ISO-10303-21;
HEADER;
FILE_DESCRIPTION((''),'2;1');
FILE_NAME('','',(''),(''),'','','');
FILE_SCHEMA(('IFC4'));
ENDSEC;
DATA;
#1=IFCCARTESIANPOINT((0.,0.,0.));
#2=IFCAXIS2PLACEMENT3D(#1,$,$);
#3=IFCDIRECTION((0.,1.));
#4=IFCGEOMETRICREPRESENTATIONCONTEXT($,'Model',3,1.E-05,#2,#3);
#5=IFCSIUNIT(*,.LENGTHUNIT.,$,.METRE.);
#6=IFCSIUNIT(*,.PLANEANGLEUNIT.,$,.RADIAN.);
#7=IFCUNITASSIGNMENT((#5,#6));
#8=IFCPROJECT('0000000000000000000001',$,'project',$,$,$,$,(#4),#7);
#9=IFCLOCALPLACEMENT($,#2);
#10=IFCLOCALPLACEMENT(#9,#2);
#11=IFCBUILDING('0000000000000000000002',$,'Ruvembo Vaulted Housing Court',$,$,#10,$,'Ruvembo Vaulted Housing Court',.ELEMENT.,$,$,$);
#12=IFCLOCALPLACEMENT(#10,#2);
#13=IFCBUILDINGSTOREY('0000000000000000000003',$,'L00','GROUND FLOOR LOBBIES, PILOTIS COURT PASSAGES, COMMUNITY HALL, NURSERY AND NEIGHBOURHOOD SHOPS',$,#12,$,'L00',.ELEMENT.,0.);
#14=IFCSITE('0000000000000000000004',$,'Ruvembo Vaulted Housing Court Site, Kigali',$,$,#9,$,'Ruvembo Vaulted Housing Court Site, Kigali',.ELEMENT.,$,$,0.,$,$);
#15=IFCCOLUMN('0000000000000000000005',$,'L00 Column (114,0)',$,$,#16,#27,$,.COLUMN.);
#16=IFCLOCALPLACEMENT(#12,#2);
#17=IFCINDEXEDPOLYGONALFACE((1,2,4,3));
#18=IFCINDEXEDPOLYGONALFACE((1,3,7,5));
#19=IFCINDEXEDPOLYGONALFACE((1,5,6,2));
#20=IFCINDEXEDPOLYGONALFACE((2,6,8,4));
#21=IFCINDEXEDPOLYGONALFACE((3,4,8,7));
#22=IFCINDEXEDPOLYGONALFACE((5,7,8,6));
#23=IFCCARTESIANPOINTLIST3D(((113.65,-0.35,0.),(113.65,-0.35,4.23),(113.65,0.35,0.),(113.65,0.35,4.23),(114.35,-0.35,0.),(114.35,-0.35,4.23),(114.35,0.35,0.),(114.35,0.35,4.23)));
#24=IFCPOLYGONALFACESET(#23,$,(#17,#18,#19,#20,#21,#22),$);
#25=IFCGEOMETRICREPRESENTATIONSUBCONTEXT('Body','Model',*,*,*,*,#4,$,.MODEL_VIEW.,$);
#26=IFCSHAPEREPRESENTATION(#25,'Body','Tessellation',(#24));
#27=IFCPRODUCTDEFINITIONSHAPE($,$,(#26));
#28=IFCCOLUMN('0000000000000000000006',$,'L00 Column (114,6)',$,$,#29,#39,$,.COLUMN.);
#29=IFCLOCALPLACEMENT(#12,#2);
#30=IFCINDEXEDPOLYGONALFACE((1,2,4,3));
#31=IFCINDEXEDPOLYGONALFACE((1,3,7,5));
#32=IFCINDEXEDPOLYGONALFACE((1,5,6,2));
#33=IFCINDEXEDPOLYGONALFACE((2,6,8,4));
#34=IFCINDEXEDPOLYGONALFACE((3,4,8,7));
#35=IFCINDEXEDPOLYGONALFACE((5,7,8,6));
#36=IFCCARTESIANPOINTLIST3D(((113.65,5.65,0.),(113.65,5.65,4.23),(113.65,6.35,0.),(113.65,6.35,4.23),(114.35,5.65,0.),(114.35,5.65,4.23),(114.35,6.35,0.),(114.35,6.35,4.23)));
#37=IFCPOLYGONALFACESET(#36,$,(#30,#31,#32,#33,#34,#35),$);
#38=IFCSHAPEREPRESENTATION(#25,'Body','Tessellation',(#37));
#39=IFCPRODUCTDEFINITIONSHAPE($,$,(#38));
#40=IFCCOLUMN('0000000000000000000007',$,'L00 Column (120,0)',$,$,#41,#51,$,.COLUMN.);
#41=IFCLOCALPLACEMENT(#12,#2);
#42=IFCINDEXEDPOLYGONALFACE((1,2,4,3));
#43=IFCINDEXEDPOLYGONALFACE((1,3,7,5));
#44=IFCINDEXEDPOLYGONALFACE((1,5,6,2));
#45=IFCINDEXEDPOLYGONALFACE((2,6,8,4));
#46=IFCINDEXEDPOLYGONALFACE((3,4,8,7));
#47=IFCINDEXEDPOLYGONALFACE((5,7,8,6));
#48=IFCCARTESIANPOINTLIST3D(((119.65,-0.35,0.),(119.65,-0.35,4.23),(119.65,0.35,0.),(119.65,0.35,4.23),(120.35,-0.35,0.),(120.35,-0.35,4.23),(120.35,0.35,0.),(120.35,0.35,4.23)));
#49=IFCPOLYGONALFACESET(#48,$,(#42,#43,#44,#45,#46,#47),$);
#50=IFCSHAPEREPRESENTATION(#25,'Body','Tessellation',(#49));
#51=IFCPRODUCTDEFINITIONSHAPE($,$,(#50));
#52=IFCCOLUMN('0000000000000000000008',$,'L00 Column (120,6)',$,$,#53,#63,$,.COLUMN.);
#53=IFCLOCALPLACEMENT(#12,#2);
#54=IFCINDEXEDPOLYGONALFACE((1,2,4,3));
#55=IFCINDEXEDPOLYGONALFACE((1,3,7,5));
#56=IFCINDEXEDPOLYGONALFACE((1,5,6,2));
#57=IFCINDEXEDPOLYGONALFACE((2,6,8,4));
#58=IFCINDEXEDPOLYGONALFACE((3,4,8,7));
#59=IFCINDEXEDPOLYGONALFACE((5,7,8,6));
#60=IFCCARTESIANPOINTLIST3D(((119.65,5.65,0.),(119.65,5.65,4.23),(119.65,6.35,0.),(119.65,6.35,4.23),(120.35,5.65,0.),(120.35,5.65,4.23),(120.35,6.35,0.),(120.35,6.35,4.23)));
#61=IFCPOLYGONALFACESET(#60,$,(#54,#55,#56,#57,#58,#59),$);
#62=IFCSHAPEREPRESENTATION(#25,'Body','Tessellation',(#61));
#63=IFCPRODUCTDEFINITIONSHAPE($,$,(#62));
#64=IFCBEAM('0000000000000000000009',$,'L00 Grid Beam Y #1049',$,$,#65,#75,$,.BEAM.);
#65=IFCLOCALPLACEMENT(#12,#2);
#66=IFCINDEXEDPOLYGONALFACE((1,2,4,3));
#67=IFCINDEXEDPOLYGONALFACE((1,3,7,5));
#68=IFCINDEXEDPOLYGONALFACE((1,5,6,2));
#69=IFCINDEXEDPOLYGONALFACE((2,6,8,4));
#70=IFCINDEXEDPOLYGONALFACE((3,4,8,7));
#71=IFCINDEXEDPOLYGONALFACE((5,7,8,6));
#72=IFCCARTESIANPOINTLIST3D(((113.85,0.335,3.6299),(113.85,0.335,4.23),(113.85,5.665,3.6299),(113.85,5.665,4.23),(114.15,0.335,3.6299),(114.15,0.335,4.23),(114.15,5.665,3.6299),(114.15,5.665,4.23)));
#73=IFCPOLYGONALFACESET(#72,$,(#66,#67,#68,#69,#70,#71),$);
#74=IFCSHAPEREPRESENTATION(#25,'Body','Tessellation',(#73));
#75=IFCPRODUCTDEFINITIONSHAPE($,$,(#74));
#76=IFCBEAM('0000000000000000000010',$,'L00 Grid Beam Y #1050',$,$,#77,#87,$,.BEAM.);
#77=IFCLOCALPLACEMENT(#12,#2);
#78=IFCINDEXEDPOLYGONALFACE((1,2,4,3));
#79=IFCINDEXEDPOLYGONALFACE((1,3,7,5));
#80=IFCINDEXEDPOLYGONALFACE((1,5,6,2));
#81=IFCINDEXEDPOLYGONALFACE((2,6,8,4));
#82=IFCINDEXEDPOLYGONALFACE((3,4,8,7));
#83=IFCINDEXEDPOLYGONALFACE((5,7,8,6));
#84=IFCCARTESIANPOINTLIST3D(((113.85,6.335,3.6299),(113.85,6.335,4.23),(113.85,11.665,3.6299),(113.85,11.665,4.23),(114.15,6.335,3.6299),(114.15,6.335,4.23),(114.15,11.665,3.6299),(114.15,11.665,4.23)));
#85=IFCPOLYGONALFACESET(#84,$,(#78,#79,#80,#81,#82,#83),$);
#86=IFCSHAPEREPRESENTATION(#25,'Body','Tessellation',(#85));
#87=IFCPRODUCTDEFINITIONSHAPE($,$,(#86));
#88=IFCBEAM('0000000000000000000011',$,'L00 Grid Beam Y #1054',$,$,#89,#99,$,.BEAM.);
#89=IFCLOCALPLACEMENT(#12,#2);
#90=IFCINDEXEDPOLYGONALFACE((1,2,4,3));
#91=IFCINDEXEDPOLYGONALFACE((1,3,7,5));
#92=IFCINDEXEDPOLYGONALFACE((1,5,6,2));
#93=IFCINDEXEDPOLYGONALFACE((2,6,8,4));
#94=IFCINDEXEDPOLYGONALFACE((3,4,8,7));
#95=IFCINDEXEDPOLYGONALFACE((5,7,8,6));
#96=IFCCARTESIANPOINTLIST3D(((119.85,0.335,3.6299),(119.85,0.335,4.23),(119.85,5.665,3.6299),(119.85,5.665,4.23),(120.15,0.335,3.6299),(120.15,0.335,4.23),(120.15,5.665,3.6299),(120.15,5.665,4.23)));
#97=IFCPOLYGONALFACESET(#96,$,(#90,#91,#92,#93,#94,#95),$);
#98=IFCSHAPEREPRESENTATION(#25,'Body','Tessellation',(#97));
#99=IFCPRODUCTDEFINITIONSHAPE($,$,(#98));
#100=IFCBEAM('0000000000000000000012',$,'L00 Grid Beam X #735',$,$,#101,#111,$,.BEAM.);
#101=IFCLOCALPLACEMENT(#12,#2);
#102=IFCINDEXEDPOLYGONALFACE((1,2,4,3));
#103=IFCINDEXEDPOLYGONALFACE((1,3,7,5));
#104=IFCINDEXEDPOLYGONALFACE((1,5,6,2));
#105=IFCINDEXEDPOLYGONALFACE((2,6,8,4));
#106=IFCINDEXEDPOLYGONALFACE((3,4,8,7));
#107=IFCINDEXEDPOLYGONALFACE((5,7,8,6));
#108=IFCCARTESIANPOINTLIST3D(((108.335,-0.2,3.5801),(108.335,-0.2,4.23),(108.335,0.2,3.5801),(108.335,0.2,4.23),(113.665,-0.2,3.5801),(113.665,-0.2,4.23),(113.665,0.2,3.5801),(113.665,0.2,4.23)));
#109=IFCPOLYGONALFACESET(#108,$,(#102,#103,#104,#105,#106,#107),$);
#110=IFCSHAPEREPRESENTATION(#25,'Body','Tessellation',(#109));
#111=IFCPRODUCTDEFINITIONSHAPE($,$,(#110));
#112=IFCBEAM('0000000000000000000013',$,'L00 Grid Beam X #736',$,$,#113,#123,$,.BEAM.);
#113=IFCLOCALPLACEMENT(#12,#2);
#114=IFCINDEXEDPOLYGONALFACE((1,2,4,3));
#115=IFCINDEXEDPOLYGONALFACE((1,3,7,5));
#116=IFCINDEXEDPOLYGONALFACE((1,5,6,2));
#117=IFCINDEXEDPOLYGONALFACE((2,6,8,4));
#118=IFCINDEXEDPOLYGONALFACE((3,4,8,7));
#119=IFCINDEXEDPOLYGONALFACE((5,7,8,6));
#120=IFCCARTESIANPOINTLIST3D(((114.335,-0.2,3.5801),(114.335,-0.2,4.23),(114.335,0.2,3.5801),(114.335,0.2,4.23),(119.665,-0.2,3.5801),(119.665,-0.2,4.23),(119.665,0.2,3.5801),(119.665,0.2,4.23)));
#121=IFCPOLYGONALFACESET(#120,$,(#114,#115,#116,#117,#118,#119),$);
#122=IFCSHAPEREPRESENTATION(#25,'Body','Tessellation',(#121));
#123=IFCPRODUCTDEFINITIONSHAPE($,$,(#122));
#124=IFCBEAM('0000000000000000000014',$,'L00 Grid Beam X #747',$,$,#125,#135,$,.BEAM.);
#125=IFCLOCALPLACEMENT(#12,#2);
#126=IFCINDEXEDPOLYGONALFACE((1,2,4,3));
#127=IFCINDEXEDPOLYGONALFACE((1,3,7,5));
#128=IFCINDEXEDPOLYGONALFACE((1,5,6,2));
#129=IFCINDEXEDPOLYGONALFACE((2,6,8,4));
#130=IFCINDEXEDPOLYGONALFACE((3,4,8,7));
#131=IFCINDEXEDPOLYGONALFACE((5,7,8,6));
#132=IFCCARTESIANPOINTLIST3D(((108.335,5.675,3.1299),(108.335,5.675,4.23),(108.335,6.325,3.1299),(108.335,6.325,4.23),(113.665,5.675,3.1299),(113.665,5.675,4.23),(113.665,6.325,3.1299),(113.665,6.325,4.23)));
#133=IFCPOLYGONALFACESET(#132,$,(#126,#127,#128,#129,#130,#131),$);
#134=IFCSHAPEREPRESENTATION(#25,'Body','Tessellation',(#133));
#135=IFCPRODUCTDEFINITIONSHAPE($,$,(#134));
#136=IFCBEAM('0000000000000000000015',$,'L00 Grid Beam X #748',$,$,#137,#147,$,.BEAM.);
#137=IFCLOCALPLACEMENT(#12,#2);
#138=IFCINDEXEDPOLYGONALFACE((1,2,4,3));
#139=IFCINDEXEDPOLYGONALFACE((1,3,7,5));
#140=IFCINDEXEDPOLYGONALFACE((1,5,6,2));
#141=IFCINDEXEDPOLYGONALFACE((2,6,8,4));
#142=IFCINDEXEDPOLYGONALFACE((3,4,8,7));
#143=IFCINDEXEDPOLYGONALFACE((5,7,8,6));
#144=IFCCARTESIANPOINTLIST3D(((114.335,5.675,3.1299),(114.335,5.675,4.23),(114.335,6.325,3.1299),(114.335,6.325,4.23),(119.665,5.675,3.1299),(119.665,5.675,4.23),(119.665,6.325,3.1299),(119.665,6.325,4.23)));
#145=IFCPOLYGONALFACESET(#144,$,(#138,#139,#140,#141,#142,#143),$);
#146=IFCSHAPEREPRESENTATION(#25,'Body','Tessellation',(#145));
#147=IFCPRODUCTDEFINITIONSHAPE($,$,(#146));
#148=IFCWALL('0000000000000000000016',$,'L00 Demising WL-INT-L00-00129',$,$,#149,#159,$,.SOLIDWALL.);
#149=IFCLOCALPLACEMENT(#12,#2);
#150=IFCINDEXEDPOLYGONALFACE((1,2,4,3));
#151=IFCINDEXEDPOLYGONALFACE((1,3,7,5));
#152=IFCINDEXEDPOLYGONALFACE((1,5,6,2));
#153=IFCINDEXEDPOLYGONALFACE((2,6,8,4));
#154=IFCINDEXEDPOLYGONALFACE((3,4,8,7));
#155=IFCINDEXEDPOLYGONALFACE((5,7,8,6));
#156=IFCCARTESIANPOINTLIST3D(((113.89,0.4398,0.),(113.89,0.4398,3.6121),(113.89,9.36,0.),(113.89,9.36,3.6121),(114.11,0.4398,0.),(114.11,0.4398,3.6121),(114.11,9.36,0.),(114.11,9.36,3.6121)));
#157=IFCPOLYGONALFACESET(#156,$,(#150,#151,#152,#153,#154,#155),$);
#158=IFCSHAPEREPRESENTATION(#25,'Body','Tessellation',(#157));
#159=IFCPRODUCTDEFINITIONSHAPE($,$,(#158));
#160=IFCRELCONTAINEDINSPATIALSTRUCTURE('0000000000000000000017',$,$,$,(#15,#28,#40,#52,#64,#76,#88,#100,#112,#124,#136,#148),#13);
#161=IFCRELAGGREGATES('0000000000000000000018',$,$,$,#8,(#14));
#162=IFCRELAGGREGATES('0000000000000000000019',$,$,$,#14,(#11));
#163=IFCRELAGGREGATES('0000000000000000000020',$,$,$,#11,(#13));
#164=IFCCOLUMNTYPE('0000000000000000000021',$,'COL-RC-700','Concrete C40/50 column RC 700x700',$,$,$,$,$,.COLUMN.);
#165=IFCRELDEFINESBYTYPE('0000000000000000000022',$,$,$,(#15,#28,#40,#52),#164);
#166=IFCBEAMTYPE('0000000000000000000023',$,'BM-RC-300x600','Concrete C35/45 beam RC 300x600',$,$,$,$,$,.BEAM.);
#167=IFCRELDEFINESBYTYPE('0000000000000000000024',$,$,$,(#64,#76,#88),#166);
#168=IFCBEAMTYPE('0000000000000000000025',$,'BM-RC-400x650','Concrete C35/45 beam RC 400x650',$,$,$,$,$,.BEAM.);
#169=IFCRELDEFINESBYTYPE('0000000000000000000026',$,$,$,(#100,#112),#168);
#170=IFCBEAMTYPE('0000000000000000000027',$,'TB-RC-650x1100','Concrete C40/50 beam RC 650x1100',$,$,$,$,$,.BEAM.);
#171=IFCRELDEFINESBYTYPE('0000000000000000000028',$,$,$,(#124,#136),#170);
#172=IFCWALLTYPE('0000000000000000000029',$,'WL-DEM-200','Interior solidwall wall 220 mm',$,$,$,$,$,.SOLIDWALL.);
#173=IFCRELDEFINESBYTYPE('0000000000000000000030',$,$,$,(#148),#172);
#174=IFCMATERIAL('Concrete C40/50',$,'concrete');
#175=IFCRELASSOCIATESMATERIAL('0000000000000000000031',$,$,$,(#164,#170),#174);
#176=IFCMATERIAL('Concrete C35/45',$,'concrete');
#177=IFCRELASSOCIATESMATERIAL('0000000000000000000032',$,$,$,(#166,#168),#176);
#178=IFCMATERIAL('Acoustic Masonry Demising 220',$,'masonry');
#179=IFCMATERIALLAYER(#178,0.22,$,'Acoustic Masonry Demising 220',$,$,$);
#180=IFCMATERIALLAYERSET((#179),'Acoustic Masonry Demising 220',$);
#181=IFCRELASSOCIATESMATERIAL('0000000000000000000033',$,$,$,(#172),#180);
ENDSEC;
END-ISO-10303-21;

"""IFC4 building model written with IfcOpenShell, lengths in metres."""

from ifc_helpers import new_model, si_unit, direction, frame, frame_2d, origin, origin_2d, place, context, subcontext, project, spatial, rectangle, extrude, material, layer, layer_set, material_profile, profile_set, type_object, element, save


model = new_model("IFC4")

# Units and contexts
model_context = context("Model", 3, precision=1e-05, world=origin(), true_north=direction((0.0, 1.0)))
body_context = subcontext(model_context, "Body", "Model", "MODEL_VIEW")
ifc_project = project(units=[si_unit("LENGTHUNIT", "METRE"), si_unit("PLANEANGLEUNIT", "RADIAN")], contexts=[model_context])

# Site, building, storey
site_placement = place(None, origin())
site = spatial("IfcSite", under=ifc_project, at=site_placement, Name="Ruvembo Vaulted Housing Court Site, Kigali", LongName="Ruvembo Vaulted Housing Court Site, Kigali", CompositionType="ELEMENT", RefElevation=0.0)
building_placement = place(site_placement, origin())
building = spatial("IfcBuilding", under=site, at=building_placement, Name="Ruvembo Vaulted Housing Court", LongName="Ruvembo Vaulted Housing Court", CompositionType="ELEMENT")
storey_placement = place(building_placement, origin())
storey = spatial("IfcBuildingStorey", under=building, at=storey_placement, Name="L00", Description="GROUND FLOOR LOBBIES, PILOTIS COURT PASSAGES, COMMUNITY HALL, NURSERY AND NEIGHBOURHOOD SHOPS", LongName="L00", CompositionType="ELEMENT", Elevation=0.0)

# Columns
ifc_material_1 = material(Name="Concrete C40/50", Category="concrete")
ifc_material_profile_1 = material_profile(ifc_material_1, rectangle(XDim=0.7, YDim=0.7, at=origin_2d()), Name="RC 700x700")
ifc_profile_set_1 = profile_set([ifc_material_profile_1], Name="Concrete C40/50")
column_type = type_object("IfcColumnType", Name="COL-RC-700", Description="Concrete C40/50 column RC 700x700", PredefinedType="COLUMN", material=ifc_profile_set_1)
for number, where, z_axis, x_axis, name in (
    (1, (114.0, 0.0, 0.0), (0.0, 0.0, 1.0), (1.0, 0.0, 0.0), "L00 Column (114,0)"),
    (2, (114.0, 6.0, 0.0), (0.0, 0.0, 1.0), (1.0, 0.0, 0.0), "L00 Column (114,6)"),
    (3, (120.0, 0.0, 0.0), (0.0, 0.0, 1.0), (1.0, 0.0, 0.0), "L00 Column (120,0)"),
    (4, (120.0, 6.0, 0.0), (0.0, 0.0, 1.0), (1.0, 0.0, 0.0), "L00 Column (120,6)"),
):
    element("IfcColumn", number, at=place(storey_placement, frame(where, z_axis=z_axis, x_axis=x_axis)), inside=storey, type_object=column_type, Name=name, PredefinedType="COLUMN", context=body_context, shape_type="SweptSolid", body=[
        extrude(rectangle(XDim=0.7, YDim=0.7, at=origin_2d()), origin(), (0.0, 0.0, 1.0), 4.23),
    ])

# Beams
ifc_material_2 = material(Name="Concrete C35/45", Category="concrete")
ifc_material_profile_2 = material_profile(ifc_material_2, rectangle(XDim=0.3, YDim=0.6001, at=origin_2d()), Name="RC 300x600")
ifc_profile_set_2 = profile_set([ifc_material_profile_2], Name="Concrete C35/45")
beam_type_1 = type_object("IfcBeamType", Name="BM-RC-300x600", Description="Concrete C35/45 beam RC 300x600", PredefinedType="BEAM", material=ifc_profile_set_2)
for number, where, z_axis, x_axis, name in (
    (5, (114.0, 0.335, 3.9299), (0.0, 1.0, 0.0), (-1.0, 0.0, 0.0), "L00 Grid Beam Y #1049"),
    (6, (114.0, 6.335, 3.9299), (0.0, 1.0, 0.0), (-1.0, 0.0, 0.0), "L00 Grid Beam Y #1050"),
    (7, (120.0, 0.335, 3.9299), (0.0, 1.0, 0.0), (-1.0, 0.0, 0.0), "L00 Grid Beam Y #1054"),
):
    element("IfcBeam", number, at=place(storey_placement, frame(where, z_axis=z_axis, x_axis=x_axis)), inside=storey, type_object=beam_type_1, Name=name, PredefinedType="BEAM", context=body_context, shape_type="SweptSolid", body=[
        extrude(rectangle(XDim=0.3, YDim=0.6001, at=origin_2d()), origin(), (0.0, 0.0, 1.0), 5.3301),
    ])
ifc_material_profile_3 = material_profile(ifc_material_2, rectangle(XDim=0.3999, YDim=0.6499, at=origin_2d()), Name="RC 400x650")
ifc_profile_set_3 = profile_set([ifc_material_profile_3], Name="Concrete C35/45")
beam_type_2 = type_object("IfcBeamType", Name="BM-RC-400x650", Description="Concrete C35/45 beam RC 400x650", PredefinedType="BEAM", material=ifc_profile_set_3)
for number, where, z_axis, x_axis, name in (
    (8, (108.335, 0.0, 3.905), (1.0, 0.0, 0.0), (0.0, 1.0, 0.0), "L00 Grid Beam X #735"),
    (9, (114.335, 0.0, 3.905), (1.0, 0.0, 0.0), (0.0, 1.0, 0.0), "L00 Grid Beam X #736"),
):
    element("IfcBeam", number, at=place(storey_placement, frame(where, z_axis=z_axis, x_axis=x_axis)), inside=storey, type_object=beam_type_2, Name=name, PredefinedType="BEAM", context=body_context, shape_type="SweptSolid", body=[
        extrude(rectangle(XDim=0.3999, YDim=0.6499, at=origin_2d()), origin(), (0.0, 0.0, 1.0), 5.3301),
    ])
ifc_material_profile_4 = material_profile(ifc_material_1, rectangle(XDim=0.6499, YDim=1.1001, at=origin_2d()), Name="RC 650x1100")
ifc_profile_set_4 = profile_set([ifc_material_profile_4], Name="Concrete C40/50")
beam_type_3 = type_object("IfcBeamType", Name="TB-RC-650x1100", Description="Concrete C40/50 beam RC 650x1100", PredefinedType="BEAM", material=ifc_profile_set_4)
for number, where, z_axis, x_axis, name in (
    (10, (108.335, 6.0, 3.6799), (1.0, 0.0, 0.0), (0.0, 1.0, 0.0), "L00 Grid Beam X #747"),
    (11, (114.335, 6.0, 3.6799), (1.0, 0.0, 0.0), (0.0, 1.0, 0.0), "L00 Grid Beam X #748"),
):
    element("IfcBeam", number, at=place(storey_placement, frame(where, z_axis=z_axis, x_axis=x_axis)), inside=storey, type_object=beam_type_3, Name=name, PredefinedType="BEAM", context=body_context, shape_type="SweptSolid", body=[
        extrude(rectangle(XDim=0.6499, YDim=1.1001, at=origin_2d()), origin(), (0.0, 0.0, 1.0), 5.3301),
    ])

# Wall
ifc_material_3 = material(Name="Acoustic Masonry Demising 220", Category="masonry")
ifc_layer_1 = layer(ifc_material_3, 0.22, Name="Acoustic Masonry Demising 220")
ifc_layer_set_1 = layer_set([ifc_layer_1], Name="Acoustic Masonry Demising 220")
wall_type_1 = type_object("IfcWallType", Name="WL-DEM-200", Description="Interior solidwall wall 220 mm", PredefinedType="SOLIDWALL", material=ifc_layer_set_1)
wall_1_placement = place(storey_placement, frame((114.0, 0.4399, 0.0), z_axis=(0.0, 0.0, 1.0), x_axis=(0.0, 1.0, 0.0)))
element("IfcWall", 12, at=wall_1_placement, inside=storey, type_object=wall_type_1, Name="L00 Demising WL-INT-L00-00129", PredefinedType="SOLIDWALL", context=body_context, shape_type="SweptSolid", body=[
    extrude(rectangle(XDim=8.9202, YDim=0.22, at=frame_2d((4.46, 0.0))), origin(), (0.0, 0.0, 1.0), 3.6121),
])

save(model, "model.ifc")
